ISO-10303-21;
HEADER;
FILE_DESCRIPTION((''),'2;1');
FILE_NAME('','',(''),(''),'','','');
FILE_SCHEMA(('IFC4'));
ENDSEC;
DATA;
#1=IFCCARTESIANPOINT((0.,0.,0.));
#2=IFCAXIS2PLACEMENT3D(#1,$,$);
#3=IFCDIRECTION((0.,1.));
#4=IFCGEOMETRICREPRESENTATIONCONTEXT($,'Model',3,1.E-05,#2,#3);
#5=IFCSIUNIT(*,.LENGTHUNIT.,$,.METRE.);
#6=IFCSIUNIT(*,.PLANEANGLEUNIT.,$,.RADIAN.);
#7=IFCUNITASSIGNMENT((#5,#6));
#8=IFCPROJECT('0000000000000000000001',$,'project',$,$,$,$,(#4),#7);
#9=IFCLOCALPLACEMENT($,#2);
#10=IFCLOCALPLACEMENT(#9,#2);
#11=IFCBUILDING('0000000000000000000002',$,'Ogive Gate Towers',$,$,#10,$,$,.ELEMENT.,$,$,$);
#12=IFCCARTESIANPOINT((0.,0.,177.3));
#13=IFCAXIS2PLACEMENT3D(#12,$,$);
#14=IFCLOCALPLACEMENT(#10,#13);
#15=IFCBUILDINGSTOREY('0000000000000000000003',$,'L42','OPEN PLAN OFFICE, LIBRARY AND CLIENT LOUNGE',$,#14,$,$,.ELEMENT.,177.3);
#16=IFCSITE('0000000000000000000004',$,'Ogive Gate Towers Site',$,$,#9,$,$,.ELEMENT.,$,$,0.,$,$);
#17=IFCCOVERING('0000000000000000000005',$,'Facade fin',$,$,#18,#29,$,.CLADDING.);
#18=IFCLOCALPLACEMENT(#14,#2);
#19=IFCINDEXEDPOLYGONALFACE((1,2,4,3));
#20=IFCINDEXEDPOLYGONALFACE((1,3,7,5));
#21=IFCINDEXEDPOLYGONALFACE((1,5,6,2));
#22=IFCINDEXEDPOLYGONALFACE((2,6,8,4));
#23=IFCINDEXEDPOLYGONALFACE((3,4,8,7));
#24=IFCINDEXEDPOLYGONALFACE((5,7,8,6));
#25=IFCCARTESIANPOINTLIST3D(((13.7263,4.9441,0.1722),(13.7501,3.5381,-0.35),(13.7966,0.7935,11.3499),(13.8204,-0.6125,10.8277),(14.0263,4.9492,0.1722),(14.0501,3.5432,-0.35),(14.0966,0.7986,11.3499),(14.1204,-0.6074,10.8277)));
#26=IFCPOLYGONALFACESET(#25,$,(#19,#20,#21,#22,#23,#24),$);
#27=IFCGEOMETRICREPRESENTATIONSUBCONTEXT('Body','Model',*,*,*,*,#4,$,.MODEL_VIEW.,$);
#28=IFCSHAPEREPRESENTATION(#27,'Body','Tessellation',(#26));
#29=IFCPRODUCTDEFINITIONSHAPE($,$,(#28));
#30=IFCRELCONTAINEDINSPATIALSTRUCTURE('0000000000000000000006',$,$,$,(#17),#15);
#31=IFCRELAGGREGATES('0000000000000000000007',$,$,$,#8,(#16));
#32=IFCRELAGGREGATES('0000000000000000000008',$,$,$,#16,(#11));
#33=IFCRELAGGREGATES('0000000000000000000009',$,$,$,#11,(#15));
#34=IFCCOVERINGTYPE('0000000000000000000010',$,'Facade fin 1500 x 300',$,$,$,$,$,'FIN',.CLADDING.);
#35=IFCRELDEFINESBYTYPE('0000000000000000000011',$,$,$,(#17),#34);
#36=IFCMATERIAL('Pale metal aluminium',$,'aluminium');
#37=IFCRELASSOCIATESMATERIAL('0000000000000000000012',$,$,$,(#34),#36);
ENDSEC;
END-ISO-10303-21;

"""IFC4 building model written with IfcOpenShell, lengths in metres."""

from ifc_helpers import new_model, si_unit, direction, frame, origin, origin_2d, place, context, subcontext, project, spatial, rectangle, extrude, material, material_profile, profile_set, type_object, element, save


model = new_model("IFC4")

# Units and contexts
model_context = context("Model", 3, precision=1e-05, world=origin(), true_north=direction((0.0, 1.0)))
body_context = subcontext(model_context, "Body", "Model", "MODEL_VIEW")
ifc_project = project(units=[si_unit("LENGTHUNIT", "METRE"), si_unit("PLANEANGLEUNIT", "RADIAN")], contexts=[model_context])

# Site, building, storey
site_placement = place(None, origin())
site = spatial("IfcSite", under=ifc_project, at=site_placement, Name="Ogive Gate Towers Site", CompositionType="ELEMENT", RefElevation=0.0)
building_placement = place(site_placement, origin())
building = spatial("IfcBuilding", under=site, at=building_placement, Name="Ogive Gate Towers", CompositionType="ELEMENT")
storey_placement = place(building_placement, frame((0.0, 0.0, 177.3)))
storey = spatial("IfcBuildingStorey", under=building, at=storey_placement, Name="L42", Description="OPEN PLAN OFFICE, LIBRARY AND CLIENT LOUNGE", CompositionType="ELEMENT", Elevation=177.3)

# Shared definitions
ifc_material_1 = material(Name="Pale metal aluminium", Category="aluminium")

# Covering
ifc_material_profile_1 = material_profile(ifc_material_1, rectangle(XDim=0.3, YDim=1.5, at=origin_2d()), Name="1500 x 300 pale metal aluminium")
ifc_profile_set_1 = profile_set([ifc_material_profile_1], Name="Pale metal aluminium")
covering_type = type_object("IfcCoveringType", Name="Facade fin 1500 x 300", ElementType="FIN", PredefinedType="CLADDING", material=ifc_profile_set_1)
covering_placement = place(storey_placement, frame((13.8882, 4.2437, -0.0889), z_axis=(0.005897, -0.3481, 0.937439), x_axis=(0.999857, 0.016938, 0.0)))
element("IfcCovering", 1, at=covering_placement, inside=storey, type_object=covering_type, Name="Facade fin", PredefinedType="CLADDING", context=body_context, shape_type="SweptSolid", body=[
    extrude(rectangle(XDim=0.3, YDim=1.5, at=origin_2d()), origin(), (0.0, 0.0, 1.0), 11.9236),
])

save(model, "model.ifc")
